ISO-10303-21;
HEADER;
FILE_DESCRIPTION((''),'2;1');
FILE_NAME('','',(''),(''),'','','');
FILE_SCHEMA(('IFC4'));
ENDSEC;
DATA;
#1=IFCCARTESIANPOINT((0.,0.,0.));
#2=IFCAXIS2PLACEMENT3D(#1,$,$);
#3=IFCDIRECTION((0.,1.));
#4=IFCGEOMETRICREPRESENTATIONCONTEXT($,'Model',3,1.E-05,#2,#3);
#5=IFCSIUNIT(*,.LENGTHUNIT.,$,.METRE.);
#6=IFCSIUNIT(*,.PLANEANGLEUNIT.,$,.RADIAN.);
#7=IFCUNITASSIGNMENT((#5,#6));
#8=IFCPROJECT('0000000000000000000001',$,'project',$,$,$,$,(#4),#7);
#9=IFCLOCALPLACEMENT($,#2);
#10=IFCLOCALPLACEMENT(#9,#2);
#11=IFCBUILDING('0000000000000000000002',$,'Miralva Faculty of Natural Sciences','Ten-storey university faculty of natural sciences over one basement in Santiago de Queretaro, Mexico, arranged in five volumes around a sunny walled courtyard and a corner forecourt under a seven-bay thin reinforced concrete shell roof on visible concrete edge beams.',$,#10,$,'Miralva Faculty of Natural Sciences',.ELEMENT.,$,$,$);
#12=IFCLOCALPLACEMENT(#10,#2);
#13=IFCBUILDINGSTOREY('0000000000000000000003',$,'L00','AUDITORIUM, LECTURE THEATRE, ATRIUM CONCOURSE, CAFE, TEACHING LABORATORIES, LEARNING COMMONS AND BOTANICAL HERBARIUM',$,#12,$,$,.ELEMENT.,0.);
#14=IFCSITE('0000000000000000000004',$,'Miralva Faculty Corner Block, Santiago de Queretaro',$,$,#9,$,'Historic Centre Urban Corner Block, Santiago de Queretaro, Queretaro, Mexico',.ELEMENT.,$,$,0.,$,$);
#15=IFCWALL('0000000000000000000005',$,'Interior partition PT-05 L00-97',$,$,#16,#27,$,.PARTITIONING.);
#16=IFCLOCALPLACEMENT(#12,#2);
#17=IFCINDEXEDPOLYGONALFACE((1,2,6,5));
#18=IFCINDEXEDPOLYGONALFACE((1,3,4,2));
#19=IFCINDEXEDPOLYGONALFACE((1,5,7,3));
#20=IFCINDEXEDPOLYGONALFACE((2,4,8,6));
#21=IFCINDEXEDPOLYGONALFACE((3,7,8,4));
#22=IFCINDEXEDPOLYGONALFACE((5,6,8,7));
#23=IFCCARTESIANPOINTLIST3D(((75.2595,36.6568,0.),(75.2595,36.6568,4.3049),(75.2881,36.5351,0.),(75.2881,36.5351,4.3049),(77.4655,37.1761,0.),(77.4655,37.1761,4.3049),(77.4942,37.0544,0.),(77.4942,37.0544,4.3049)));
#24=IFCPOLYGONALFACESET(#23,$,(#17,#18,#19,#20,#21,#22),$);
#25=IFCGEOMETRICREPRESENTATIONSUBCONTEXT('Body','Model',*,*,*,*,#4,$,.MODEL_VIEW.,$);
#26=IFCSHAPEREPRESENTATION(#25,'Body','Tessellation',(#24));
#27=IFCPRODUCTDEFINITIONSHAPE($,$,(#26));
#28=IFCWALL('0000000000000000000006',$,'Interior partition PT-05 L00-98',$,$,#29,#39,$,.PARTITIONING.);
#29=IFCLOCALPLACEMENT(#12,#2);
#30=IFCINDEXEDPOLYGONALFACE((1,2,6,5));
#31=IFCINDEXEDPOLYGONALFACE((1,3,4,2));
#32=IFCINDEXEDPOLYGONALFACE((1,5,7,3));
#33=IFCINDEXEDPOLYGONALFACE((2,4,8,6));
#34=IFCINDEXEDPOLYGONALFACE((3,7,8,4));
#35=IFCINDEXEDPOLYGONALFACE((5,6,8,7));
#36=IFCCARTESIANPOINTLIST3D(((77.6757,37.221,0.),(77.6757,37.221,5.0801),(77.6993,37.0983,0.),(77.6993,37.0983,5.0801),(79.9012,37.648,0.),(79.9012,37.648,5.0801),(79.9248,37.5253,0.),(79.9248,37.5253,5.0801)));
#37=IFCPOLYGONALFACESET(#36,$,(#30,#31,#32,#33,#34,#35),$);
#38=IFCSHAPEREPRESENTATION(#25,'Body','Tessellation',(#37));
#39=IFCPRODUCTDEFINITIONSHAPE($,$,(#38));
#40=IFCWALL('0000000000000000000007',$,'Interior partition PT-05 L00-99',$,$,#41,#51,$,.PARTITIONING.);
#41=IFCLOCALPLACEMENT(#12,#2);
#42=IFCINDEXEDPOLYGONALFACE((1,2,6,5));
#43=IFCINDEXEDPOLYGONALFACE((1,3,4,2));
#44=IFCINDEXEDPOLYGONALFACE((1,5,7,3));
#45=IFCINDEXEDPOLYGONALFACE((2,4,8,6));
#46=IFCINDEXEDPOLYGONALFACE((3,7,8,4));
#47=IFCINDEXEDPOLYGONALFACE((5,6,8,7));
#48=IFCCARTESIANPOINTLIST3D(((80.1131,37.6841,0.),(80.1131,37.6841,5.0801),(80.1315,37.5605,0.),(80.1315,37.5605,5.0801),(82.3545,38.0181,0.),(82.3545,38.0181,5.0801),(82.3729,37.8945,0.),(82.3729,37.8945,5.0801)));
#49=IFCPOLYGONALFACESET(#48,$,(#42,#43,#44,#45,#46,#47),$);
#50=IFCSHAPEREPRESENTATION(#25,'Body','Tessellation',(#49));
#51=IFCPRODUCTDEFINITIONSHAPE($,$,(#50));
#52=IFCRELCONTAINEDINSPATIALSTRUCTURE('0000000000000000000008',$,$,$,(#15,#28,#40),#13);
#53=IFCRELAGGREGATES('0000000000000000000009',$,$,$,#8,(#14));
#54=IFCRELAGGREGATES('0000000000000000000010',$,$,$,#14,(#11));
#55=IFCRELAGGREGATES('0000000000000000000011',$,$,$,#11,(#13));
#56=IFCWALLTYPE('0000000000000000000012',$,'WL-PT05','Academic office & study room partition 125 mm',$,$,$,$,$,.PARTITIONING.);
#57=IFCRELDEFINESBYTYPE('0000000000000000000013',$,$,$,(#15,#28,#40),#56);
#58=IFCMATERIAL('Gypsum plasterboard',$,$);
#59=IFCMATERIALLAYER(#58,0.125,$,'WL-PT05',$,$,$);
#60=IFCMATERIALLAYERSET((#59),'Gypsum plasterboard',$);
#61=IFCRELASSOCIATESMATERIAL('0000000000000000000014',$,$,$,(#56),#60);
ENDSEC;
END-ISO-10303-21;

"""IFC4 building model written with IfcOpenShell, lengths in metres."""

from ifc_helpers import new_model, si_unit, direction, frame, frame_2d, origin, place, context, subcontext, project, spatial, rectangle, extrude, material, layer, layer_set, type_object, element, save


model = new_model("IFC4")

# Units and contexts
model_context = context("Model", 3, precision=1e-05, world=origin(), true_north=direction((0.0, 1.0)))
body_context = subcontext(model_context, "Body", "Model", "MODEL_VIEW")
ifc_project = project(units=[si_unit("LENGTHUNIT", "METRE"), si_unit("PLANEANGLEUNIT", "RADIAN")], contexts=[model_context])

# Site, building, storey
site_placement = place(None, origin())
site = spatial("IfcSite", under=ifc_project, at=site_placement, Name="Miralva Faculty Corner Block, Santiago de Queretaro", LongName="Historic Centre Urban Corner Block, Santiago de Queretaro, Queretaro, Mexico", CompositionType="ELEMENT", RefElevation=0.0)
building_placement = place(site_placement, origin())
building = spatial("IfcBuilding", under=site, at=building_placement, Name="Miralva Faculty of Natural Sciences", Description="Ten-storey university faculty of natural sciences over one basement in Santiago de Queretaro, Mexico, arranged in five volumes around a sunny walled courtyard and a corner forecourt under a seven-bay thin reinforced concrete shell roof on visible concrete edge beams.", LongName="Miralva Faculty of Natural Sciences", CompositionType="ELEMENT")
storey_placement = place(building_placement, origin())
storey = spatial("IfcBuildingStorey", under=building, at=storey_placement, Name="L00", Description="AUDITORIUM, LECTURE THEATRE, ATRIUM CONCOURSE, CAFE, TEACHING LABORATORIES, LEARNING COMMONS AND BOTANICAL HERBARIUM", CompositionType="ELEMENT", Elevation=0.0)

# Walls
ifc_material_1 = material(Name="Gypsum plasterboard")
ifc_layer_1 = layer(ifc_material_1, 0.125, Name="WL-PT05")
ifc_layer_set_1 = layer_set([ifc_layer_1], Name="Gypsum plasterboard")
wall_type = type_object("IfcWallType", Name="WL-PT05", Description="Academic office & study room partition 125 mm", PredefinedType="PARTITIONING", material=ifc_layer_set_1)
wall_placement = place(storey_placement, frame((75.2737, 36.5959, 0.0), z_axis=(0.0, 0.0, 1.0), x_axis=(0.973396, 0.229129, 0.0)))
element("IfcWall", 1, at=wall_placement, inside=storey, type_object=wall_type, Name="Interior partition PT-05 L00-97", PredefinedType="PARTITIONING", context=body_context, shape_type="SweptSolid", body=[
    extrude(rectangle(XDim=2.2664, YDim=0.125, at=frame_2d((1.1333, 0.0))), origin(), (0.0, 0.0, 1.0), 4.3049),
])
for number, where, z_axis, x_axis, name in (
    (2, (77.6875, 37.1597, 0.0), (0.0, 0.0, 1.0), (0.982088, 0.188424, 0.0), "Interior partition PT-05 L00-98"),
    (3, (80.1223, 37.6223, 0.0), (0.0, 0.0, 1.0), (0.98908, 0.147376, 0.0), "Interior partition PT-05 L00-99"),
):
    element("IfcWall", number, at=place(storey_placement, frame(where, z_axis=z_axis, x_axis=x_axis)), inside=storey, type_object=wall_type, Name=name, PredefinedType="PARTITIONING", context=body_context, shape_type="SweptSolid", body=[
        extrude(rectangle(XDim=2.2661, YDim=0.125, at=frame_2d((1.1331, 0.0))), origin(), (0.0, 0.0, 1.0), 5.0801),
    ])

save(model, "model.ifc")
